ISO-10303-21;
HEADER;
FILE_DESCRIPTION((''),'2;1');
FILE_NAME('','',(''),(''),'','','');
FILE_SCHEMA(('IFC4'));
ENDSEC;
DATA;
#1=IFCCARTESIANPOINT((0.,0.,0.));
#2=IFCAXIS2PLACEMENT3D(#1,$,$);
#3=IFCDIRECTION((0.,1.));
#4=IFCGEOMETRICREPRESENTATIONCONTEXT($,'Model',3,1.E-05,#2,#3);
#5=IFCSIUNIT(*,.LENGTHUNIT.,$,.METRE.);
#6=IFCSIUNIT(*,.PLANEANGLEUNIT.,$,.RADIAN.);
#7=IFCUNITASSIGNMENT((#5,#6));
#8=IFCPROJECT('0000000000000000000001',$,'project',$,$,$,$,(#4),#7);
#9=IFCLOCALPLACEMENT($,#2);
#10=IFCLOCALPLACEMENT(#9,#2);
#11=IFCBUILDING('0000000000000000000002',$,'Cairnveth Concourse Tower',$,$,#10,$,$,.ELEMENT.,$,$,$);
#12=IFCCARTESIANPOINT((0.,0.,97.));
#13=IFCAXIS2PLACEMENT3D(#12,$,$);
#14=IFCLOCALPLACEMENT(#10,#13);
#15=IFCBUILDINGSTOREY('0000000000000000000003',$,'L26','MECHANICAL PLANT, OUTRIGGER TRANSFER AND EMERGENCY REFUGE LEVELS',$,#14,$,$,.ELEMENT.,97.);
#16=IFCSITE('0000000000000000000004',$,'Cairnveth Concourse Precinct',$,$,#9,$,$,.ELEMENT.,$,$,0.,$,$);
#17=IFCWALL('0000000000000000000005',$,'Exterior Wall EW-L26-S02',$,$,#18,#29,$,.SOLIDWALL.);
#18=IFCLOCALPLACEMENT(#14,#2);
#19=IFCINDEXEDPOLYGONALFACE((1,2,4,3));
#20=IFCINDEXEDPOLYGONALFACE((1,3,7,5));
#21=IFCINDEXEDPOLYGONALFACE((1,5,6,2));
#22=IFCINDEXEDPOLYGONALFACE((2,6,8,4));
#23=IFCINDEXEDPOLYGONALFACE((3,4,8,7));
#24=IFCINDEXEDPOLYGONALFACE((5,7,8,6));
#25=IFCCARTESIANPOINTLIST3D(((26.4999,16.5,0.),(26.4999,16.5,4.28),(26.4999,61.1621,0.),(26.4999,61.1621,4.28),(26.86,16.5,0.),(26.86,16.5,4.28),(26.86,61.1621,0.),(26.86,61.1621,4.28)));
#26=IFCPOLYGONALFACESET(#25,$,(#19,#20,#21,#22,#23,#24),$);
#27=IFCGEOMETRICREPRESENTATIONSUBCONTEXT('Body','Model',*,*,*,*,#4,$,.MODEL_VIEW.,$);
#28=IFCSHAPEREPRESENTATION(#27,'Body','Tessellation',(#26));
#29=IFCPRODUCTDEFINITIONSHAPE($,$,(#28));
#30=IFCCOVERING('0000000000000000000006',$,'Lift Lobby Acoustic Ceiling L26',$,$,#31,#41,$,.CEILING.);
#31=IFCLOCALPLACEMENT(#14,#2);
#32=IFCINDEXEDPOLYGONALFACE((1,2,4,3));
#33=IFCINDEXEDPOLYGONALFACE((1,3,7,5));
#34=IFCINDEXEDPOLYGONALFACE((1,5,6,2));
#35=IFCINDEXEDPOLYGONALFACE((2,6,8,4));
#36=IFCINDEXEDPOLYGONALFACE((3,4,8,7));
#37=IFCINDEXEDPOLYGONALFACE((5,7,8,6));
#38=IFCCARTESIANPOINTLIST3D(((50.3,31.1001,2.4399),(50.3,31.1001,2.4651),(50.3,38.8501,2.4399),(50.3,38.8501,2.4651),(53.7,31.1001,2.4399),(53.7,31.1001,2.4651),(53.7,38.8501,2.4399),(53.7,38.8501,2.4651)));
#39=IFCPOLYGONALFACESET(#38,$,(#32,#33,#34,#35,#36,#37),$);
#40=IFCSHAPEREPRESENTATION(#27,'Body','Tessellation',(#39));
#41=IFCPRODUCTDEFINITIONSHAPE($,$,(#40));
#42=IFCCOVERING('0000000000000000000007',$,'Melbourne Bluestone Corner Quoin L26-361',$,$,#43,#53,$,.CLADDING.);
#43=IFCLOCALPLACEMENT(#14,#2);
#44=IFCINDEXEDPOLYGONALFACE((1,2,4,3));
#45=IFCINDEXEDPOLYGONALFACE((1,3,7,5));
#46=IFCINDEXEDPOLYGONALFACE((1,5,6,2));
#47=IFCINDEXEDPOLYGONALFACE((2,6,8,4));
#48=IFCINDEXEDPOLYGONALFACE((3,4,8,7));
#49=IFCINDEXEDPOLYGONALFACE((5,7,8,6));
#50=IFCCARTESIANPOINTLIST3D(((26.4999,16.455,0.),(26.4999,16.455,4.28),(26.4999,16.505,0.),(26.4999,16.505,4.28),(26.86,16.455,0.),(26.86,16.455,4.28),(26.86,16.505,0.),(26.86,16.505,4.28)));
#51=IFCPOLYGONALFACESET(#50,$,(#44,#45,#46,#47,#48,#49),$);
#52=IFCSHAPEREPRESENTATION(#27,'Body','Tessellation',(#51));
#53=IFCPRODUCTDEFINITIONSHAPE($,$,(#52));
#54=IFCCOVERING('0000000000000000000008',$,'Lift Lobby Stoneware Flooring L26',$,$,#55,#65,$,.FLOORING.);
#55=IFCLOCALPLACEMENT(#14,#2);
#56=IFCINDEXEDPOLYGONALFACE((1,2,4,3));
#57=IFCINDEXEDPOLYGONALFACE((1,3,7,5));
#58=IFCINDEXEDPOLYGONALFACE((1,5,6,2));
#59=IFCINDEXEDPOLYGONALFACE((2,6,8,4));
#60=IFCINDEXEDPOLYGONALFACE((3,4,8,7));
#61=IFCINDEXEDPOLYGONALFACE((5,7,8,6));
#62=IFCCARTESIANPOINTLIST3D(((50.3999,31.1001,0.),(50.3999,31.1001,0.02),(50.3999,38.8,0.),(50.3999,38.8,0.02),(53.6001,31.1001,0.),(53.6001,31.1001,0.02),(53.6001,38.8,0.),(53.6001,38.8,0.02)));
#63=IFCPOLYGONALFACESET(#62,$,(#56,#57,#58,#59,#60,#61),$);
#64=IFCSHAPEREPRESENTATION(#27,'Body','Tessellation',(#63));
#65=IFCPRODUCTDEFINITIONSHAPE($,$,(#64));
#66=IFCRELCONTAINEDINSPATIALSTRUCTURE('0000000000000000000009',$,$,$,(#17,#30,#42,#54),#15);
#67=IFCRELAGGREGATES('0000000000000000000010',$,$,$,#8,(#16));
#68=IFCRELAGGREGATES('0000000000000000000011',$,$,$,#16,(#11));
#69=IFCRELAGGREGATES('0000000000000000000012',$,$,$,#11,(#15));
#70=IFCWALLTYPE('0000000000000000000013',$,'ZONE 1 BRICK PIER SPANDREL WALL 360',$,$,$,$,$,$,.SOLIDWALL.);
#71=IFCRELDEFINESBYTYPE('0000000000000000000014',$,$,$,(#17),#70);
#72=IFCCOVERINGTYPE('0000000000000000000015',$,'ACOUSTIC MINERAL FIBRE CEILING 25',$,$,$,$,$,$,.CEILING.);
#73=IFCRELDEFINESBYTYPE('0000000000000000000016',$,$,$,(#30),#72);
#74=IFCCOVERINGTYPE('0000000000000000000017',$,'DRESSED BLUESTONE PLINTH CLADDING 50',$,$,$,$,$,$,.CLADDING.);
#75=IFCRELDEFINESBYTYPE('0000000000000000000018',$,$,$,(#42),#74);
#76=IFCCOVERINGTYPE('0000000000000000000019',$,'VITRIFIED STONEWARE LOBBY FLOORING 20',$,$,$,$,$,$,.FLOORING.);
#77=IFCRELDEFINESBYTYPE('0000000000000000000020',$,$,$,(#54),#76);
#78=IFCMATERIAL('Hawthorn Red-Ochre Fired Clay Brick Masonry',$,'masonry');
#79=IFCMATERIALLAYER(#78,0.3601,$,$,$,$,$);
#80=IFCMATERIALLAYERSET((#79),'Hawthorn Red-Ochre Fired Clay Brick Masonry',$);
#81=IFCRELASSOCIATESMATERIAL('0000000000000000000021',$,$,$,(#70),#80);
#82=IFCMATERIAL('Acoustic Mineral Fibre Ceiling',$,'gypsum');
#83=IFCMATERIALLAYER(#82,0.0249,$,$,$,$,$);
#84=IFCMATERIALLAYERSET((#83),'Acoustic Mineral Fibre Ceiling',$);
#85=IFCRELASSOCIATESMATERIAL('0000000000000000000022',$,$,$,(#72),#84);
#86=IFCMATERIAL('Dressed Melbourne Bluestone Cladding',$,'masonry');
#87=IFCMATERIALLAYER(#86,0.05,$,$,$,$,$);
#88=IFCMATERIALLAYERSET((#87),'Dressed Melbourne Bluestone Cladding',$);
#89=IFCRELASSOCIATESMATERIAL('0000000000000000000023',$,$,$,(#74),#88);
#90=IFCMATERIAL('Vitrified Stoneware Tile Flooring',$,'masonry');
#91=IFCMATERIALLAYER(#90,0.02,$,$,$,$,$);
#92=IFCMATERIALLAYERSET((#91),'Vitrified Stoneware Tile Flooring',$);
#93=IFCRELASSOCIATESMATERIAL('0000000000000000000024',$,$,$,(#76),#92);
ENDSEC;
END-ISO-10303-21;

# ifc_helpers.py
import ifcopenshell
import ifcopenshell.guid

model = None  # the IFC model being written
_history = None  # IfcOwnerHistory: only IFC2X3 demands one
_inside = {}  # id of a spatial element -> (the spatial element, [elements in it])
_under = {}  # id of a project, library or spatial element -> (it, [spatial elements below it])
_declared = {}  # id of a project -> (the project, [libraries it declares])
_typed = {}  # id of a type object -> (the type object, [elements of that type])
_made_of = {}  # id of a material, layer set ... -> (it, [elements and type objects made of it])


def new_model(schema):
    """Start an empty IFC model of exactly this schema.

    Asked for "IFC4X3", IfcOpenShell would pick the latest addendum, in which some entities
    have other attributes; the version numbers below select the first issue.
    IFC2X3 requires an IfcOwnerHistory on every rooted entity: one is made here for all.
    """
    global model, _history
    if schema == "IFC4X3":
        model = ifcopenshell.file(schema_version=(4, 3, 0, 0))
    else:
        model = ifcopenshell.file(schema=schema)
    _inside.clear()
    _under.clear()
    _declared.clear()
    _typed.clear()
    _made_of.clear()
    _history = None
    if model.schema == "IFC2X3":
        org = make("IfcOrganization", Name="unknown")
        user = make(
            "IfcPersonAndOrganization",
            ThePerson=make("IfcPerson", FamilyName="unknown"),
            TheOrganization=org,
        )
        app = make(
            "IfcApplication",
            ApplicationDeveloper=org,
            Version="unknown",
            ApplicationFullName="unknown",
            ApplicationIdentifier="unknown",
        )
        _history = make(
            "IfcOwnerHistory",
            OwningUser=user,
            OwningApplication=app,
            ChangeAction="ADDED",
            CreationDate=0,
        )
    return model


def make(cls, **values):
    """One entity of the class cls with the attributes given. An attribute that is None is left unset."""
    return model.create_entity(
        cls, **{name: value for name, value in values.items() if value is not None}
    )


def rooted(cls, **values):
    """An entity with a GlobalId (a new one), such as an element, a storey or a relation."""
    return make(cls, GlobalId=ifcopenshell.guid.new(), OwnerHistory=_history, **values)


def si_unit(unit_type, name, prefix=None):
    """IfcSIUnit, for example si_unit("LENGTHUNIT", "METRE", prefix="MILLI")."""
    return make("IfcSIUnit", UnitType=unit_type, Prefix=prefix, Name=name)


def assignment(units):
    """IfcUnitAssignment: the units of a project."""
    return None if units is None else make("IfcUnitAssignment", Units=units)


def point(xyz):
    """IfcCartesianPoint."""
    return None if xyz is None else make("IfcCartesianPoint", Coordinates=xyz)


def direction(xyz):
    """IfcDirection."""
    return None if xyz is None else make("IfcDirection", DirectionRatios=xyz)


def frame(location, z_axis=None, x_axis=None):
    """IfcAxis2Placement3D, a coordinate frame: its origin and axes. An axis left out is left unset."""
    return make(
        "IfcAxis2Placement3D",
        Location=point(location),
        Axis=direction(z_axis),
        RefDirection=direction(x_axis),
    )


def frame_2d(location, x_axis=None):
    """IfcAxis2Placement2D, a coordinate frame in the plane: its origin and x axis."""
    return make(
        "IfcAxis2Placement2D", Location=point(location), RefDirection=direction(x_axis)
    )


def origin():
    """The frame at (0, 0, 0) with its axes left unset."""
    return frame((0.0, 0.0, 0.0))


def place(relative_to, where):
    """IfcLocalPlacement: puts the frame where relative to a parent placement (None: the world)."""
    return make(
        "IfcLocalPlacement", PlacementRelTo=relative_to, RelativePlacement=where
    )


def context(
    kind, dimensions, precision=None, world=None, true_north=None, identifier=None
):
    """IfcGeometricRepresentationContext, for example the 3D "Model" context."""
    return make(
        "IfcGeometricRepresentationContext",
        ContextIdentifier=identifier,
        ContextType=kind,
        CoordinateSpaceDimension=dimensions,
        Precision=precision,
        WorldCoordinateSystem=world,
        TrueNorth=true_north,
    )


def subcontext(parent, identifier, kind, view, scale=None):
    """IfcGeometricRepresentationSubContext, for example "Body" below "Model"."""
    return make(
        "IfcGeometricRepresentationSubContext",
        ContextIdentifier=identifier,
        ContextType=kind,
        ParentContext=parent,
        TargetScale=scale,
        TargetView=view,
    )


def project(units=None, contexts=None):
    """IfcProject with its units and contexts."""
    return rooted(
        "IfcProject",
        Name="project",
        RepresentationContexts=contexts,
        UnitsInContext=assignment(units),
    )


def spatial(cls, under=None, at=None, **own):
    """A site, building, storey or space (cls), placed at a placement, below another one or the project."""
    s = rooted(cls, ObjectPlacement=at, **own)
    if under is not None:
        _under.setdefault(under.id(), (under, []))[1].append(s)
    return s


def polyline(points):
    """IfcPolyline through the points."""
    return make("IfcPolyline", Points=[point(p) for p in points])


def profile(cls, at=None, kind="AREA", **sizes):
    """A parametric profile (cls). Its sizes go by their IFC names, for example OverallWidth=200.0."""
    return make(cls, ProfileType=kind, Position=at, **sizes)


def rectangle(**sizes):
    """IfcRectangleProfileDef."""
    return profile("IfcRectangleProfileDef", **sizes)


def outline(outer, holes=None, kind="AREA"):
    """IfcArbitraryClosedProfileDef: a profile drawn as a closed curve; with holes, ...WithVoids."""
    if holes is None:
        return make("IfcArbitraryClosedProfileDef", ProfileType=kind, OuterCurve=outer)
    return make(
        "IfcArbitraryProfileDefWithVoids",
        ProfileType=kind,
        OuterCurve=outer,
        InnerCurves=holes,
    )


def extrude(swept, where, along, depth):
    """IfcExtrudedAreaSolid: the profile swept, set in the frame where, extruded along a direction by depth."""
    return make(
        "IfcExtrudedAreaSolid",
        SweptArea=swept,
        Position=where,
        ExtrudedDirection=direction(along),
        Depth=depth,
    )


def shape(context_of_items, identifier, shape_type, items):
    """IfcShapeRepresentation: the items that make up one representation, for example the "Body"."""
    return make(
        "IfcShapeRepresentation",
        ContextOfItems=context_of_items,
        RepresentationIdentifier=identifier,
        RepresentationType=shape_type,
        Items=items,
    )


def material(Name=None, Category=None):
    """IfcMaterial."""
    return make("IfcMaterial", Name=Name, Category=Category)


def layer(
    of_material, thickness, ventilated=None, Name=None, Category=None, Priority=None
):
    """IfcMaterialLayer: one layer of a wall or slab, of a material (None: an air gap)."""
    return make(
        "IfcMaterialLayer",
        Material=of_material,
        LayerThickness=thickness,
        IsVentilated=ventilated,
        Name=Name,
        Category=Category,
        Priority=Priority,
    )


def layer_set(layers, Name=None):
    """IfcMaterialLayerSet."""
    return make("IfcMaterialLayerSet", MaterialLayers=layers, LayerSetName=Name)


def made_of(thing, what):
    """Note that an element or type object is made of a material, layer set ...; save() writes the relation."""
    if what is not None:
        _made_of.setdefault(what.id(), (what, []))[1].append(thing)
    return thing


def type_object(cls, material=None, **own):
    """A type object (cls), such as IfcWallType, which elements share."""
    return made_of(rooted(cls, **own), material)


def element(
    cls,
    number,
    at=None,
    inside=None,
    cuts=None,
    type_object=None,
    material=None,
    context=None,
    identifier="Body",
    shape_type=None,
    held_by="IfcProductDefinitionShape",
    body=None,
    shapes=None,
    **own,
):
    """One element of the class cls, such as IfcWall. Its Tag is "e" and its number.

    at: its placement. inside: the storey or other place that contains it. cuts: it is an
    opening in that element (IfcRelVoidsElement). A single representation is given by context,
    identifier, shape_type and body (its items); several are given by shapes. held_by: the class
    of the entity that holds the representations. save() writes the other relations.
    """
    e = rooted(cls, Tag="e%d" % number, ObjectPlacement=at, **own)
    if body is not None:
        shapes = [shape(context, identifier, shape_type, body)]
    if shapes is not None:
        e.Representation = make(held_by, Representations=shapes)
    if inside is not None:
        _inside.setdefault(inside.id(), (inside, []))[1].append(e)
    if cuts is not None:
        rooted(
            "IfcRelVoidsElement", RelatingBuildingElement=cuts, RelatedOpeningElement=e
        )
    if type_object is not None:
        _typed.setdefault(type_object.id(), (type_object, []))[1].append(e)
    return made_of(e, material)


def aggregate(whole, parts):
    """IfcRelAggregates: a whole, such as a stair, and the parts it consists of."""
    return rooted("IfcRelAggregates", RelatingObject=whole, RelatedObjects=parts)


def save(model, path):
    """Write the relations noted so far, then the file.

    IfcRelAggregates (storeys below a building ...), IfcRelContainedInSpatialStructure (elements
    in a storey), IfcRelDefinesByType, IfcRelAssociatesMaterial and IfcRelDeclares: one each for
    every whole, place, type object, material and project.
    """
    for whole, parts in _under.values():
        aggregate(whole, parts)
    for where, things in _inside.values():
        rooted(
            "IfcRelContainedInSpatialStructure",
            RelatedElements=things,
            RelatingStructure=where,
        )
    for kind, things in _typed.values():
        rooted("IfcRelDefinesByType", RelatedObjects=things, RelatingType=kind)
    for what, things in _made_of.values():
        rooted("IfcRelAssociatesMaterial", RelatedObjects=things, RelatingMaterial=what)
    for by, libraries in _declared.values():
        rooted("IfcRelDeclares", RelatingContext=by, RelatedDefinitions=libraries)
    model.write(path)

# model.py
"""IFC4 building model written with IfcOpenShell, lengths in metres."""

from ifc_helpers import new_model, si_unit, direction, frame, frame_2d, origin, place, context, subcontext, project, spatial, polyline, rectangle, outline, extrude, material, layer, layer_set, type_object, element, save


model = new_model("IFC4")

# Units and contexts
model_context = context("Model", 3, precision=1e-05, world=origin(), true_north=direction((0.0, 1.0)))
body_context = subcontext(model_context, "Body", "Model", "MODEL_VIEW")
ifc_project = project(units=[si_unit("LENGTHUNIT", "METRE"), si_unit("PLANEANGLEUNIT", "RADIAN")], contexts=[model_context])

# Site, building, storey
site_placement = place(None, origin())
site = spatial("IfcSite", under=ifc_project, at=site_placement, Name="Cairnveth Concourse Precinct", CompositionType="ELEMENT", RefElevation=0.0)
building_placement = place(site_placement, origin())
building = spatial("IfcBuilding", under=site, at=building_placement, Name="Cairnveth Concourse Tower", CompositionType="ELEMENT")
storey_placement = place(building_placement, frame((0.0, 0.0, 97.0)))
storey = spatial("IfcBuildingStorey", under=building, at=storey_placement, Name="L26", Description="MECHANICAL PLANT, OUTRIGGER TRANSFER AND EMERGENCY REFUGE LEVELS", CompositionType="ELEMENT", Elevation=97.0)

# Wall
ifc_material_1 = material(Name="Hawthorn Red-Ochre Fired Clay Brick Masonry", Category="masonry")
ifc_layer_1 = layer(ifc_material_1, 0.3601)
ifc_layer_set_1 = layer_set([ifc_layer_1], Name="Hawthorn Red-Ochre Fired Clay Brick Masonry")
wall_type_1 = type_object("IfcWallType", Name="ZONE 1 BRICK PIER SPANDREL WALL 360", PredefinedType="SOLIDWALL", material=ifc_layer_set_1)
wall_1_placement = place(storey_placement, frame((26.6799, 16.5, 0.0), z_axis=(0.0, 0.0, 1.0), x_axis=(0.0, 1.0, 0.0)))
element("IfcWall", 1, at=wall_1_placement, inside=storey, type_object=wall_type_1, Name="Exterior Wall EW-L26-S02", PredefinedType="SOLIDWALL", context=body_context, shape_type="SweptSolid", body=[
    extrude(rectangle(XDim=44.6621, YDim=0.3601, at=frame_2d((22.3311, 0.0))), origin(), (0.0, 0.0, 1.0), 4.28),
])

# Coverings
ifc_material_2 = material(Name="Acoustic Mineral Fibre Ceiling", Category="gypsum")
ifc_layer_2 = layer(ifc_material_2, 0.0249)
ifc_layer_set_2 = layer_set([ifc_layer_2], Name="Acoustic Mineral Fibre Ceiling")
covering_type_1 = type_object("IfcCoveringType", Name="ACOUSTIC MINERAL FIBRE CEILING 25", PredefinedType="CEILING", material=ifc_layer_set_2)
covering_1_placement = place(storey_placement, frame((0.0, 0.0, 2.4399)))
element("IfcCovering", 2, at=covering_1_placement, inside=storey, type_object=covering_type_1, Name="Lift Lobby Acoustic Ceiling L26", PredefinedType="CEILING", context=body_context, shape_type="SweptSolid", body=[
    extrude(outline(polyline([(50.3, 31.1001), (53.7, 31.1001), (53.7, 38.8501), (50.3, 38.8501), (50.3, 31.1001)])), origin(), (0.0, 0.0, 1.0), 0.0251),
])
ifc_material_3 = material(Name="Dressed Melbourne Bluestone Cladding", Category="masonry")
ifc_layer_3 = layer(ifc_material_3, 0.05)
ifc_layer_set_3 = layer_set([ifc_layer_3], Name="Dressed Melbourne Bluestone Cladding")
covering_type_2 = type_object("IfcCoveringType", Name="DRESSED BLUESTONE PLINTH CLADDING 50", PredefinedType="CLADDING", material=ifc_layer_set_3)
covering_2_placement = place(storey_placement, frame((26.8601, 16.48, 0.0), z_axis=(0.0, 0.0, 1.0), x_axis=(-1.0, 0.0, 0.0)))
element("IfcCovering", 3, at=covering_2_placement, inside=storey, type_object=covering_type_2, Name="Melbourne Bluestone Corner Quoin L26-361", PredefinedType="CLADDING", context=body_context, shape_type="SweptSolid", body=[
    extrude(rectangle(XDim=0.3601, YDim=0.05, at=frame_2d((0.1802, 0.0))), origin(), (0.0, 0.0, 1.0), 4.28),
])
ifc_material_4 = material(Name="Vitrified Stoneware Tile Flooring", Category="masonry")
ifc_layer_4 = layer(ifc_material_4, 0.02)
ifc_layer_set_4 = layer_set([ifc_layer_4], Name="Vitrified Stoneware Tile Flooring")
covering_type_3 = type_object("IfcCoveringType", Name="VITRIFIED STONEWARE LOBBY FLOORING 20", PredefinedType="FLOORING", material=ifc_layer_set_4)
covering_3_placement = place(storey_placement, origin())
element("IfcCovering", 4, at=covering_3_placement, inside=storey, type_object=covering_type_3, Name="Lift Lobby Stoneware Flooring L26", PredefinedType="FLOORING", context=body_context, shape_type="SweptSolid", body=[
    extrude(outline(polyline([(50.3999, 31.1001), (53.6001, 31.1001), (53.6001, 38.8), (50.3999, 38.8), (50.3999, 31.1001)])), origin(), (0.0, 0.0, 1.0), 0.02),
])

save(model, "model.ifc")
